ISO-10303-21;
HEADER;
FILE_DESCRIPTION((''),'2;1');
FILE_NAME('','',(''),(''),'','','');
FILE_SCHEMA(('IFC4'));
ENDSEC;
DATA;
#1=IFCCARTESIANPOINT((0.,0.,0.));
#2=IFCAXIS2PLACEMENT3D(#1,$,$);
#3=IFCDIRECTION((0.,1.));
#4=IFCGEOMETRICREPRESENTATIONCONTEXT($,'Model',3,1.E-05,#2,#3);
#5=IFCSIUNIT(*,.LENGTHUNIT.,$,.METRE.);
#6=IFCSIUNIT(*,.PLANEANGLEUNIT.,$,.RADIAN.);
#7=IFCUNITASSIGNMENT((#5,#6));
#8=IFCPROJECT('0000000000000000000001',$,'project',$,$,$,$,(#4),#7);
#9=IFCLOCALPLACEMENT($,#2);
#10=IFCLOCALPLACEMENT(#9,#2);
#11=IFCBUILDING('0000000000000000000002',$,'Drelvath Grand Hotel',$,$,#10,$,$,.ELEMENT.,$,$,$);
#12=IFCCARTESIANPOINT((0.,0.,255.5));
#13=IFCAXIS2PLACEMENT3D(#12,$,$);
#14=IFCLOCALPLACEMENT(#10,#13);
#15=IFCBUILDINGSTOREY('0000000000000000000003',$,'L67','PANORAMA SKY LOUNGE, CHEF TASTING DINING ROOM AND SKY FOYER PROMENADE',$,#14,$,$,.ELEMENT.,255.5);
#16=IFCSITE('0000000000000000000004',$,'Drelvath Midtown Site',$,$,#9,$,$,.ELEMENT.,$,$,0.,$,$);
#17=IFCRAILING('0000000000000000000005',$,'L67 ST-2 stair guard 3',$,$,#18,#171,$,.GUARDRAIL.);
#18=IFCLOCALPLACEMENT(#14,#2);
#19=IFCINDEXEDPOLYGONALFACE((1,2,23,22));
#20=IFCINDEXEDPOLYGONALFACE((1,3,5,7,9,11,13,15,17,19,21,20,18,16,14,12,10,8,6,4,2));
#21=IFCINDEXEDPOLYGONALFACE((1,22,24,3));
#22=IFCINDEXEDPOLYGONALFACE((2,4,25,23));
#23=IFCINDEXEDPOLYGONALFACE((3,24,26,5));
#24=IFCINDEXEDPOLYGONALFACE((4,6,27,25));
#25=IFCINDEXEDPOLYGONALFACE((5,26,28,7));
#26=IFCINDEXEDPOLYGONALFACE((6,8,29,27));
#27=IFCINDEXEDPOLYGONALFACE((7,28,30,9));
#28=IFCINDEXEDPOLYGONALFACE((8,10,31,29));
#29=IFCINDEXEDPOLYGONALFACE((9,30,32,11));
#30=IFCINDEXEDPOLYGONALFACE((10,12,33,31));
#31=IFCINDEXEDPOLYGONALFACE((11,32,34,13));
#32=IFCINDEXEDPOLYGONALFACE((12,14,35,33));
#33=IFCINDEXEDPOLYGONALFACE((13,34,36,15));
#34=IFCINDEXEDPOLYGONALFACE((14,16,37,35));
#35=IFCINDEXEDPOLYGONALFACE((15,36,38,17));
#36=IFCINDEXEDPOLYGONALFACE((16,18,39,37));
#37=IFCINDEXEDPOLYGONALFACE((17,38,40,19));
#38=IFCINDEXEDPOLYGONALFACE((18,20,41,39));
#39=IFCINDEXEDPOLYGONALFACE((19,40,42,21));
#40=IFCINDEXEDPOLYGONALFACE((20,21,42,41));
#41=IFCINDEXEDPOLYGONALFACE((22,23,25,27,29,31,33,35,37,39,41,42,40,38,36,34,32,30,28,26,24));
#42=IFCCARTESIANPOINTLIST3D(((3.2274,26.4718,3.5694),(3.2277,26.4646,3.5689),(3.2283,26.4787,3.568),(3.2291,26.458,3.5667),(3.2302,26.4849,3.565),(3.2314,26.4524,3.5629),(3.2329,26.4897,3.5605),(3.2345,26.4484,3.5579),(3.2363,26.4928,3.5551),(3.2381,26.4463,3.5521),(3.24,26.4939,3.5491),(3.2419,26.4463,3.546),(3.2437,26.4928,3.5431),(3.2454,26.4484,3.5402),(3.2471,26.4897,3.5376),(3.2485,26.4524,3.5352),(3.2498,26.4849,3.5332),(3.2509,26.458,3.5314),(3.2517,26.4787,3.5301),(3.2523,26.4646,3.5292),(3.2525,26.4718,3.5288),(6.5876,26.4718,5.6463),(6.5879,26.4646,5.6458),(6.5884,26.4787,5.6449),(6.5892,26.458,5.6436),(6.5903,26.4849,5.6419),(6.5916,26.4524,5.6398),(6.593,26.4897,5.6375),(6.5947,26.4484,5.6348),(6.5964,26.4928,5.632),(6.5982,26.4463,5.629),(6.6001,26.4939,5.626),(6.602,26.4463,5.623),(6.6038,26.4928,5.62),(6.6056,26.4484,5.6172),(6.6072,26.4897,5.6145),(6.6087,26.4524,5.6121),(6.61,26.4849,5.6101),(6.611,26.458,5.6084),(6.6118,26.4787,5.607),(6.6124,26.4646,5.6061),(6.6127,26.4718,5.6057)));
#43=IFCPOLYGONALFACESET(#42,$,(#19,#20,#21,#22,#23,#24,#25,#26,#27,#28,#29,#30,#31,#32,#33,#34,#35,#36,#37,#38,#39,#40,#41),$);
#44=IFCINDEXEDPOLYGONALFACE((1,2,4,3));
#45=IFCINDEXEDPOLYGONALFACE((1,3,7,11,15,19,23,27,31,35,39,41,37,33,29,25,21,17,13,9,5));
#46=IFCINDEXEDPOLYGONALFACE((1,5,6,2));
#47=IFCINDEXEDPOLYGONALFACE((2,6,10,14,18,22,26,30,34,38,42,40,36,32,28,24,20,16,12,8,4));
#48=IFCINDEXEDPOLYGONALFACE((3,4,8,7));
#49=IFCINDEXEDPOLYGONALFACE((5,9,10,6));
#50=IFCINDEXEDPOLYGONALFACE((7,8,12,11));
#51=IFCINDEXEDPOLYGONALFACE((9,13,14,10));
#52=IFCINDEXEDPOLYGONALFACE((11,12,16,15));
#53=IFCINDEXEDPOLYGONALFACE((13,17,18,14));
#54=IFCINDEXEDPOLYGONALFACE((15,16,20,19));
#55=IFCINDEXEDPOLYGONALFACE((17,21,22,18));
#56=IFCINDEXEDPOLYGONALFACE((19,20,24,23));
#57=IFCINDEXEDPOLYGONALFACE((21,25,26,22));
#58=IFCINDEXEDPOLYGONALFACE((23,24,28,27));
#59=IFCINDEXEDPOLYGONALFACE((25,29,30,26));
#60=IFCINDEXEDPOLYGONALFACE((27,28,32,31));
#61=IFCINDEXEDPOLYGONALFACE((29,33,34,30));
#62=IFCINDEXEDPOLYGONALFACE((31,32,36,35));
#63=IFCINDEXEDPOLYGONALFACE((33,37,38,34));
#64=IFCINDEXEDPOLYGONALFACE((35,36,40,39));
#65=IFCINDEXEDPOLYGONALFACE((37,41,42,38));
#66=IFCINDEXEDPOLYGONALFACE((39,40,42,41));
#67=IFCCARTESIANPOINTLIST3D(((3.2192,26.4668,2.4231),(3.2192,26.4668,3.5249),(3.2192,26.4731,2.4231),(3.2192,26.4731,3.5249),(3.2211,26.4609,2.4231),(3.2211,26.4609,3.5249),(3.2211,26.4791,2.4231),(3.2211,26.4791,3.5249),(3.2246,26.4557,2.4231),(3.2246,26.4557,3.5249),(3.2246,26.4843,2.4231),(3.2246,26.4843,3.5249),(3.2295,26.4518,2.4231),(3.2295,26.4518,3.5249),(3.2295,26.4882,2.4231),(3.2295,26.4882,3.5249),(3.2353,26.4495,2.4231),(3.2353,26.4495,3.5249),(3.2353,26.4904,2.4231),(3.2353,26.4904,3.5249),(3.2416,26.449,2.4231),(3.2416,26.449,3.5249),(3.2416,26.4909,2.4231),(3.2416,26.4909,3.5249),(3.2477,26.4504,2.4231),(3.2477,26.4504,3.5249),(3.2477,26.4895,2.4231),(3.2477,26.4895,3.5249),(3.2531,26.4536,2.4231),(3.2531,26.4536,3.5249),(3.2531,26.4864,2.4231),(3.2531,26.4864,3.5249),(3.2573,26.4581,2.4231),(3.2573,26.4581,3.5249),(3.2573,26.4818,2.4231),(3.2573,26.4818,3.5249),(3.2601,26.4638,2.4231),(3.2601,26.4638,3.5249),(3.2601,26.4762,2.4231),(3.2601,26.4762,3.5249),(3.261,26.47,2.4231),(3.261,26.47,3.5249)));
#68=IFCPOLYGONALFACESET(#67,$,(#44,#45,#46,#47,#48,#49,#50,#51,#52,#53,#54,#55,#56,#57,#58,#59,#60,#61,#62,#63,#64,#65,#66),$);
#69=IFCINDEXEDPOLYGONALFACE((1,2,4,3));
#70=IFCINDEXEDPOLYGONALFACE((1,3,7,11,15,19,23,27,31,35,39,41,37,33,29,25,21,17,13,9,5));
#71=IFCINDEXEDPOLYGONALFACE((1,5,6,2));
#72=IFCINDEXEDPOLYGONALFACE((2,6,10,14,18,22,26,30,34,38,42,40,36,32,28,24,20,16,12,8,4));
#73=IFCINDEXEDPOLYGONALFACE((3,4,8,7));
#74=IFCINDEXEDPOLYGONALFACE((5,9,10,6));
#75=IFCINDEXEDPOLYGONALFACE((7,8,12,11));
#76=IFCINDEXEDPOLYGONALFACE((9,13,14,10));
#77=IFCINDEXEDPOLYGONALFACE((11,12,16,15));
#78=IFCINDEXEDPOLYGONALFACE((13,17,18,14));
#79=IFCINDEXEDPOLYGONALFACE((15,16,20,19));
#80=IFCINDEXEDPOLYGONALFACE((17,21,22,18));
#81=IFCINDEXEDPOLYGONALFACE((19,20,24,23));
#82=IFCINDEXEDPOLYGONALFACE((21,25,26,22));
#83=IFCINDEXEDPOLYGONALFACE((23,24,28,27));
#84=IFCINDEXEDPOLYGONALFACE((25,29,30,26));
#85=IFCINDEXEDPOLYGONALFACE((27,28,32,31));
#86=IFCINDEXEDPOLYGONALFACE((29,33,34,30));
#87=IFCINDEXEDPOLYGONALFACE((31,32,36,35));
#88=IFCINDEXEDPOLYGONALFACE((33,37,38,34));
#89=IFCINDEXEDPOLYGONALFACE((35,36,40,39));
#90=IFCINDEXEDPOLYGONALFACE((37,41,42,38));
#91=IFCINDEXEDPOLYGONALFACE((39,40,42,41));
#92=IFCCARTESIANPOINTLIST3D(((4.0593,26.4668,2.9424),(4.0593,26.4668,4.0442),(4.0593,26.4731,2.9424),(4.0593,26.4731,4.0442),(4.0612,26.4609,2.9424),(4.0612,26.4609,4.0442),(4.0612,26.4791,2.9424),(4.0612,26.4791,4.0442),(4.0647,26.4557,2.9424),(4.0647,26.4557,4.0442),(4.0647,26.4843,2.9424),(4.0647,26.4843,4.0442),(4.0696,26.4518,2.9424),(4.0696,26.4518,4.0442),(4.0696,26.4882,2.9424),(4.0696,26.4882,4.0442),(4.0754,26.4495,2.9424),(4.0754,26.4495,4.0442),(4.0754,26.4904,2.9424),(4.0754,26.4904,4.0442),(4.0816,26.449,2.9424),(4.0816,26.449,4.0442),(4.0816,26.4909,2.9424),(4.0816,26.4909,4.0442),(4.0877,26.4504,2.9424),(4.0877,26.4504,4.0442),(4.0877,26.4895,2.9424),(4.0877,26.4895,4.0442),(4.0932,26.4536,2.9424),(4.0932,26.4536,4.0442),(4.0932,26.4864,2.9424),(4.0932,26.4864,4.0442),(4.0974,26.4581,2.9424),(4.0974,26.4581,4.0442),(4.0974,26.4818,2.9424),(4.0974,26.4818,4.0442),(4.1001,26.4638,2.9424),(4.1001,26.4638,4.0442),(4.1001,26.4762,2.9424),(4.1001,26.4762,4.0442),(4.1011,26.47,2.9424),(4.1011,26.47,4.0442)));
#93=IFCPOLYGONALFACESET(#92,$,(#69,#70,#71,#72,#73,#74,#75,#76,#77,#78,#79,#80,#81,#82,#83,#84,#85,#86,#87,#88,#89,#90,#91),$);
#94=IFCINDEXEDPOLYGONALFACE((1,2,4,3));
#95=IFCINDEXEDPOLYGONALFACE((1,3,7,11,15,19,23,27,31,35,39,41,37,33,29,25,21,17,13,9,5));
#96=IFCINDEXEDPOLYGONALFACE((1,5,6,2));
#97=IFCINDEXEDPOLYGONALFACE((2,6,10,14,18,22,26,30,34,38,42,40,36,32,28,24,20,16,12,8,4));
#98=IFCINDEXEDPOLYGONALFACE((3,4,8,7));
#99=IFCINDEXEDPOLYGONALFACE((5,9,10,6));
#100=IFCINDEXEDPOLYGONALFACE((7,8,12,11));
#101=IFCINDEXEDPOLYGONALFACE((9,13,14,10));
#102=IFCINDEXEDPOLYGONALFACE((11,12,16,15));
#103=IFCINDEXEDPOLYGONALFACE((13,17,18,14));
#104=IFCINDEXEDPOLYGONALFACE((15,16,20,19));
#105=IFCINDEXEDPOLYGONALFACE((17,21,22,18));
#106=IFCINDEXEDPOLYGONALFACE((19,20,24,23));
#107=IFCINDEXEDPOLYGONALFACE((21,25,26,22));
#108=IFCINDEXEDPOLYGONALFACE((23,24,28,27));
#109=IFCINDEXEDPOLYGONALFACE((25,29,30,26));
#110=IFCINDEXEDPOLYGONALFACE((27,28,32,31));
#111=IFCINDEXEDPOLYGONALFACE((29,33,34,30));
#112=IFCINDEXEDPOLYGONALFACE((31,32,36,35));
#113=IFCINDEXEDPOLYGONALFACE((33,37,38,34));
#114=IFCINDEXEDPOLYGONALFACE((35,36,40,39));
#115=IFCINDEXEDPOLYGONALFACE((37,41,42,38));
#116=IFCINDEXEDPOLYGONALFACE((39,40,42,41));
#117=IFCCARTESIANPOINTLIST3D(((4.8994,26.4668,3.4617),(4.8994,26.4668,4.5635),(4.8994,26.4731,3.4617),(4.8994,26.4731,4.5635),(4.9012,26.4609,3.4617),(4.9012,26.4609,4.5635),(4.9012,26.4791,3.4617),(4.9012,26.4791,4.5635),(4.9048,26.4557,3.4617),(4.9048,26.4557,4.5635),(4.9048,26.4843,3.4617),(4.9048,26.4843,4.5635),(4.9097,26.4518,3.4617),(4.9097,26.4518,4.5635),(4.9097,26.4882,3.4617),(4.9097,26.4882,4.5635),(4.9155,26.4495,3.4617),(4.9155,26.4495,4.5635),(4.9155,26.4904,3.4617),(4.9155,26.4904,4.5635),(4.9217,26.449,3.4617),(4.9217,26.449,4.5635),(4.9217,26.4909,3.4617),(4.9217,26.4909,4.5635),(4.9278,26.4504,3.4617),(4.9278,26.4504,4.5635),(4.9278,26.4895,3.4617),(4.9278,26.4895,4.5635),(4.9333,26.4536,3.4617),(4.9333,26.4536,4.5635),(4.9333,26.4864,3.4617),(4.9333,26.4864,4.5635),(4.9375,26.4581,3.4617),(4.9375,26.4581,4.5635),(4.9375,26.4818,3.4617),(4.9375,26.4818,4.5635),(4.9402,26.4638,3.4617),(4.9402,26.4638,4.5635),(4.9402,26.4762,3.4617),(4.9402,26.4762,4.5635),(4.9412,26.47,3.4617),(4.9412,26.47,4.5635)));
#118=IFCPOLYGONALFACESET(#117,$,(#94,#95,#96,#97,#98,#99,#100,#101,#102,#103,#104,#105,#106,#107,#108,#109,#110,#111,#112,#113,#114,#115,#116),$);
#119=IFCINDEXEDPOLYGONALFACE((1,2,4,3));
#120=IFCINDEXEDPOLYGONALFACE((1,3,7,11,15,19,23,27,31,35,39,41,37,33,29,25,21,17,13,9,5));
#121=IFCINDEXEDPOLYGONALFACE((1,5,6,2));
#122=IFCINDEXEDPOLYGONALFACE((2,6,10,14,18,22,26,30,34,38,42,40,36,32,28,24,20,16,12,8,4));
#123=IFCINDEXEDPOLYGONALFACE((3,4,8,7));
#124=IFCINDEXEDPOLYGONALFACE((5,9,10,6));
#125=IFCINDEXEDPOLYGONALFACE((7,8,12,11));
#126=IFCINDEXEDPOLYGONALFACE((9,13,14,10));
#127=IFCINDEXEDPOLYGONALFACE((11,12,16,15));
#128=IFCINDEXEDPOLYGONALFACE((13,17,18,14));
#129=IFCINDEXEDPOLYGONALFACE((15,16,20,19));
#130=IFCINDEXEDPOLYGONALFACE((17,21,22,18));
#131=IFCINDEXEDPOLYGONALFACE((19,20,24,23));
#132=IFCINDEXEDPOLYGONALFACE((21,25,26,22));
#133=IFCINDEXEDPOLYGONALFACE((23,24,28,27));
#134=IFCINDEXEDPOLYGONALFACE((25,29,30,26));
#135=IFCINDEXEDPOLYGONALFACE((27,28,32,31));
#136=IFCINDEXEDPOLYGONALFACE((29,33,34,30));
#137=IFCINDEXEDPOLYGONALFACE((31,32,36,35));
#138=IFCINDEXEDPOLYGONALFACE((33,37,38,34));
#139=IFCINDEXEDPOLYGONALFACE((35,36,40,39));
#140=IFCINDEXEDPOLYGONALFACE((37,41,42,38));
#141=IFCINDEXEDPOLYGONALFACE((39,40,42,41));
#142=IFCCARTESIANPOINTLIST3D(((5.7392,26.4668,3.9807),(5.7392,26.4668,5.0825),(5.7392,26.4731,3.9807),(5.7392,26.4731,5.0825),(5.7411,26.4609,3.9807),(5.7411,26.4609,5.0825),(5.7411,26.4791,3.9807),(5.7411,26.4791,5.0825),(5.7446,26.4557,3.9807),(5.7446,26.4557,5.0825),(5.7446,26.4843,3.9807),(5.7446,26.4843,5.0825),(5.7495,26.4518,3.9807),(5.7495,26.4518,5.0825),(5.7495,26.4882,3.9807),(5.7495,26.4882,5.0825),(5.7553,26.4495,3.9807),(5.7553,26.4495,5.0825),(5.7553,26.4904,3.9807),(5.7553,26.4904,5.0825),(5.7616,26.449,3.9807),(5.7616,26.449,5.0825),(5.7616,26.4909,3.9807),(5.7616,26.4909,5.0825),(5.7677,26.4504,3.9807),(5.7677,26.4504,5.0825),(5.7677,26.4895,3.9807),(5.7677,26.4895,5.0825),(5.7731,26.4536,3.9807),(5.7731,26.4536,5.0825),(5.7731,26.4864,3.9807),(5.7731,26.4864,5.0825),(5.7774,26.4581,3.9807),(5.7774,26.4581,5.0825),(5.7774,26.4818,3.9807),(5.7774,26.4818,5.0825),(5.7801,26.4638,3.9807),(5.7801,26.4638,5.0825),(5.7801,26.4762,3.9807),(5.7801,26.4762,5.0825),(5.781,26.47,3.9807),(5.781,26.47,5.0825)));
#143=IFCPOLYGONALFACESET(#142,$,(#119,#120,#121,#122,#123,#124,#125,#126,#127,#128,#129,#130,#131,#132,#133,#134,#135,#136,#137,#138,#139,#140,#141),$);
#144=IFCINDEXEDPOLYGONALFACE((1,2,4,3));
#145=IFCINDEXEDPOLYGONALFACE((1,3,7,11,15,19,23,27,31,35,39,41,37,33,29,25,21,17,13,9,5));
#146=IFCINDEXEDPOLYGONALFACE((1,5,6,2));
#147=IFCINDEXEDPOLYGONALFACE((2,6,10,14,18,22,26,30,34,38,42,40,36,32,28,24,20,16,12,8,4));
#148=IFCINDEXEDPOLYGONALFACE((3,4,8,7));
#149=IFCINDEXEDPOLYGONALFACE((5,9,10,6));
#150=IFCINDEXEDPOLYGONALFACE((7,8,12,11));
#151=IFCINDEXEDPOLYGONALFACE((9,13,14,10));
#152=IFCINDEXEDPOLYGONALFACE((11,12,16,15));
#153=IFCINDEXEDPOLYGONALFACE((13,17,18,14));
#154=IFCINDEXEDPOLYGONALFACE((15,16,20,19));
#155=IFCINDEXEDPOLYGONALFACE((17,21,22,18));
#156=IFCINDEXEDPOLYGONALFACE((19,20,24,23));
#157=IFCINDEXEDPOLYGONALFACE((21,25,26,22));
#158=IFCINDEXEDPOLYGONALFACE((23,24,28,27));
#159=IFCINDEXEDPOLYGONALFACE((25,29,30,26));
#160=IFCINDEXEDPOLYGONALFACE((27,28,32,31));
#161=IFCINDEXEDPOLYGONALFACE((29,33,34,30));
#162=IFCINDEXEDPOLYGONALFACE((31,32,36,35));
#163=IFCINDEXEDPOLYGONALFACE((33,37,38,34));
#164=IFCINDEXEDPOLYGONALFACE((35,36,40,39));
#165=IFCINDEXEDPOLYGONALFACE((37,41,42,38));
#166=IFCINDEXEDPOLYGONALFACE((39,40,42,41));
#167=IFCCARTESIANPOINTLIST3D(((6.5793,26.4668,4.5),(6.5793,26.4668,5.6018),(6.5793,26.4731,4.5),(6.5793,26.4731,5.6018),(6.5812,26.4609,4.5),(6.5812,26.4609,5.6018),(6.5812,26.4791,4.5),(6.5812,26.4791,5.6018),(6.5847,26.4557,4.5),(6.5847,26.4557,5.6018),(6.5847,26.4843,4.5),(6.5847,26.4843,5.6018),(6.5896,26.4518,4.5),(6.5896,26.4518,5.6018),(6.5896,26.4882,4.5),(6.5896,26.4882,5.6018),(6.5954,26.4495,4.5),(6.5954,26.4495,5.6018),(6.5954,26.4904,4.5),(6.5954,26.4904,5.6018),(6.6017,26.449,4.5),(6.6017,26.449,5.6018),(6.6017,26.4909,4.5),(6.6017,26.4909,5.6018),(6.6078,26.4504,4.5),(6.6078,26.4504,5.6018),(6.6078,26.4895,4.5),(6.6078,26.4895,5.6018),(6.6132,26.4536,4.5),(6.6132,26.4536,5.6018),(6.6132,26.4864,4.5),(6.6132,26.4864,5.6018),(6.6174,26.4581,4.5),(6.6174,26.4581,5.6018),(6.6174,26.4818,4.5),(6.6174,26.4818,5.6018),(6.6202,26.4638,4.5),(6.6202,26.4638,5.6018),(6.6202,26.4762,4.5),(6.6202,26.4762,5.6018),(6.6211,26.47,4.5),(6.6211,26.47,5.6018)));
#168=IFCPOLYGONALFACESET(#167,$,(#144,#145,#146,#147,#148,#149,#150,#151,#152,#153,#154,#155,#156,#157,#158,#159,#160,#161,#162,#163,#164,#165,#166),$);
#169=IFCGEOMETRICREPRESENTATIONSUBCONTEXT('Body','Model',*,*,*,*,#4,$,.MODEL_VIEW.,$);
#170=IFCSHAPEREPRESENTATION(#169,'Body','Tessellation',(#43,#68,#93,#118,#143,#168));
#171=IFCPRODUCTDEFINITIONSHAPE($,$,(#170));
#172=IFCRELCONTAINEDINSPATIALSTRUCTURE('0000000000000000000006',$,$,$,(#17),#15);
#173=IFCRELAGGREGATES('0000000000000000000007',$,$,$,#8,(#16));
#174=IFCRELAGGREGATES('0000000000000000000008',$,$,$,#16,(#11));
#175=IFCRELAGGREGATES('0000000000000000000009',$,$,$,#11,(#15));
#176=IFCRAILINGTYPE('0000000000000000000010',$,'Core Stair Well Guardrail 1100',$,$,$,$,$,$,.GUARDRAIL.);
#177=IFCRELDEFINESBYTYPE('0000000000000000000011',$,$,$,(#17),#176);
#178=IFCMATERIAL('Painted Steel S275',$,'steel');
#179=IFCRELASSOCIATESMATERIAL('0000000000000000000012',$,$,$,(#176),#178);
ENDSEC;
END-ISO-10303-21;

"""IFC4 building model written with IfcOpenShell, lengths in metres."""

from ifc_helpers import new_model, si_unit, direction, frame, origin, origin_2d, place, context, subcontext, project, spatial, circle, extrude, material, type_object, element, save


model = new_model("IFC4")

# Units and contexts
model_context = context("Model", 3, precision=1e-05, world=origin(), true_north=direction((0.0, 1.0)))
body_context = subcontext(model_context, "Body", "Model", "MODEL_VIEW")
ifc_project = project(units=[si_unit("LENGTHUNIT", "METRE"), si_unit("PLANEANGLEUNIT", "RADIAN")], contexts=[model_context])

# Site, building, storey
site_placement = place(None, origin())
site = spatial("IfcSite", under=ifc_project, at=site_placement, Name="Drelvath Midtown Site", CompositionType="ELEMENT", RefElevation=0.0)
building_placement = place(site_placement, origin())
building = spatial("IfcBuilding", under=site, at=building_placement, Name="Drelvath Grand Hotel", CompositionType="ELEMENT")
storey_placement = place(building_placement, frame((0.0, 0.0, 255.5)))
storey = spatial("IfcBuildingStorey", under=building, at=storey_placement, Name="L67", Description="PANORAMA SKY LOUNGE, CHEF TASTING DINING ROOM AND SKY FOYER PROMENADE", CompositionType="ELEMENT", Elevation=255.5)

# Railing
ifc_material_1 = material(Name="Painted Steel S275", Category="steel")
railing_type_1 = type_object("IfcRailingType", Name="Core Stair Well Guardrail 1100", PredefinedType="GUARDRAIL", material=ifc_material_1)
railing_1_placement = place(storey_placement, frame((3.24, 26.47, 2.4231)))
element("IfcRailing", 1, at=railing_1_placement, inside=storey, type_object=railing_type_1, Name="L67 ST-2 stair guard 3", PredefinedType="GUARDRAIL", context=body_context, shape_type="SweptSolid", body=[
    extrude(circle(Radius=0.0239, at=origin_2d()), frame((0.0, 0.0, 1.126), z_axis=(0.850623, 0.0, 0.525776), x_axis=(0.0, 1.0, 0.0)), (0.0, 0.0, 1.0), 3.9502),
    extrude(circle(Radius=0.021, at=origin_2d()), origin(), (0.0, 0.0, 1.0), 1.1018),
    extrude(circle(Radius=0.021, at=origin_2d()), frame((0.8401, 0.0, 0.5193)), (0.0, 0.0, 1.0), 1.1018),
    extrude(circle(Radius=0.021, at=origin_2d()), frame((1.6802, 0.0, 1.0386)), (0.0, 0.0, 1.0), 1.1018),
    extrude(circle(Radius=0.021, at=origin_2d()), frame((2.52, 0.0, 1.5576)), (0.0, 0.0, 1.0), 1.1018),
    extrude(circle(Radius=0.021, at=origin_2d()), frame((3.3601, 0.0, 2.0769)), (0.0, 0.0, 1.0), 1.1018),
])

save(model, "model.ifc")
